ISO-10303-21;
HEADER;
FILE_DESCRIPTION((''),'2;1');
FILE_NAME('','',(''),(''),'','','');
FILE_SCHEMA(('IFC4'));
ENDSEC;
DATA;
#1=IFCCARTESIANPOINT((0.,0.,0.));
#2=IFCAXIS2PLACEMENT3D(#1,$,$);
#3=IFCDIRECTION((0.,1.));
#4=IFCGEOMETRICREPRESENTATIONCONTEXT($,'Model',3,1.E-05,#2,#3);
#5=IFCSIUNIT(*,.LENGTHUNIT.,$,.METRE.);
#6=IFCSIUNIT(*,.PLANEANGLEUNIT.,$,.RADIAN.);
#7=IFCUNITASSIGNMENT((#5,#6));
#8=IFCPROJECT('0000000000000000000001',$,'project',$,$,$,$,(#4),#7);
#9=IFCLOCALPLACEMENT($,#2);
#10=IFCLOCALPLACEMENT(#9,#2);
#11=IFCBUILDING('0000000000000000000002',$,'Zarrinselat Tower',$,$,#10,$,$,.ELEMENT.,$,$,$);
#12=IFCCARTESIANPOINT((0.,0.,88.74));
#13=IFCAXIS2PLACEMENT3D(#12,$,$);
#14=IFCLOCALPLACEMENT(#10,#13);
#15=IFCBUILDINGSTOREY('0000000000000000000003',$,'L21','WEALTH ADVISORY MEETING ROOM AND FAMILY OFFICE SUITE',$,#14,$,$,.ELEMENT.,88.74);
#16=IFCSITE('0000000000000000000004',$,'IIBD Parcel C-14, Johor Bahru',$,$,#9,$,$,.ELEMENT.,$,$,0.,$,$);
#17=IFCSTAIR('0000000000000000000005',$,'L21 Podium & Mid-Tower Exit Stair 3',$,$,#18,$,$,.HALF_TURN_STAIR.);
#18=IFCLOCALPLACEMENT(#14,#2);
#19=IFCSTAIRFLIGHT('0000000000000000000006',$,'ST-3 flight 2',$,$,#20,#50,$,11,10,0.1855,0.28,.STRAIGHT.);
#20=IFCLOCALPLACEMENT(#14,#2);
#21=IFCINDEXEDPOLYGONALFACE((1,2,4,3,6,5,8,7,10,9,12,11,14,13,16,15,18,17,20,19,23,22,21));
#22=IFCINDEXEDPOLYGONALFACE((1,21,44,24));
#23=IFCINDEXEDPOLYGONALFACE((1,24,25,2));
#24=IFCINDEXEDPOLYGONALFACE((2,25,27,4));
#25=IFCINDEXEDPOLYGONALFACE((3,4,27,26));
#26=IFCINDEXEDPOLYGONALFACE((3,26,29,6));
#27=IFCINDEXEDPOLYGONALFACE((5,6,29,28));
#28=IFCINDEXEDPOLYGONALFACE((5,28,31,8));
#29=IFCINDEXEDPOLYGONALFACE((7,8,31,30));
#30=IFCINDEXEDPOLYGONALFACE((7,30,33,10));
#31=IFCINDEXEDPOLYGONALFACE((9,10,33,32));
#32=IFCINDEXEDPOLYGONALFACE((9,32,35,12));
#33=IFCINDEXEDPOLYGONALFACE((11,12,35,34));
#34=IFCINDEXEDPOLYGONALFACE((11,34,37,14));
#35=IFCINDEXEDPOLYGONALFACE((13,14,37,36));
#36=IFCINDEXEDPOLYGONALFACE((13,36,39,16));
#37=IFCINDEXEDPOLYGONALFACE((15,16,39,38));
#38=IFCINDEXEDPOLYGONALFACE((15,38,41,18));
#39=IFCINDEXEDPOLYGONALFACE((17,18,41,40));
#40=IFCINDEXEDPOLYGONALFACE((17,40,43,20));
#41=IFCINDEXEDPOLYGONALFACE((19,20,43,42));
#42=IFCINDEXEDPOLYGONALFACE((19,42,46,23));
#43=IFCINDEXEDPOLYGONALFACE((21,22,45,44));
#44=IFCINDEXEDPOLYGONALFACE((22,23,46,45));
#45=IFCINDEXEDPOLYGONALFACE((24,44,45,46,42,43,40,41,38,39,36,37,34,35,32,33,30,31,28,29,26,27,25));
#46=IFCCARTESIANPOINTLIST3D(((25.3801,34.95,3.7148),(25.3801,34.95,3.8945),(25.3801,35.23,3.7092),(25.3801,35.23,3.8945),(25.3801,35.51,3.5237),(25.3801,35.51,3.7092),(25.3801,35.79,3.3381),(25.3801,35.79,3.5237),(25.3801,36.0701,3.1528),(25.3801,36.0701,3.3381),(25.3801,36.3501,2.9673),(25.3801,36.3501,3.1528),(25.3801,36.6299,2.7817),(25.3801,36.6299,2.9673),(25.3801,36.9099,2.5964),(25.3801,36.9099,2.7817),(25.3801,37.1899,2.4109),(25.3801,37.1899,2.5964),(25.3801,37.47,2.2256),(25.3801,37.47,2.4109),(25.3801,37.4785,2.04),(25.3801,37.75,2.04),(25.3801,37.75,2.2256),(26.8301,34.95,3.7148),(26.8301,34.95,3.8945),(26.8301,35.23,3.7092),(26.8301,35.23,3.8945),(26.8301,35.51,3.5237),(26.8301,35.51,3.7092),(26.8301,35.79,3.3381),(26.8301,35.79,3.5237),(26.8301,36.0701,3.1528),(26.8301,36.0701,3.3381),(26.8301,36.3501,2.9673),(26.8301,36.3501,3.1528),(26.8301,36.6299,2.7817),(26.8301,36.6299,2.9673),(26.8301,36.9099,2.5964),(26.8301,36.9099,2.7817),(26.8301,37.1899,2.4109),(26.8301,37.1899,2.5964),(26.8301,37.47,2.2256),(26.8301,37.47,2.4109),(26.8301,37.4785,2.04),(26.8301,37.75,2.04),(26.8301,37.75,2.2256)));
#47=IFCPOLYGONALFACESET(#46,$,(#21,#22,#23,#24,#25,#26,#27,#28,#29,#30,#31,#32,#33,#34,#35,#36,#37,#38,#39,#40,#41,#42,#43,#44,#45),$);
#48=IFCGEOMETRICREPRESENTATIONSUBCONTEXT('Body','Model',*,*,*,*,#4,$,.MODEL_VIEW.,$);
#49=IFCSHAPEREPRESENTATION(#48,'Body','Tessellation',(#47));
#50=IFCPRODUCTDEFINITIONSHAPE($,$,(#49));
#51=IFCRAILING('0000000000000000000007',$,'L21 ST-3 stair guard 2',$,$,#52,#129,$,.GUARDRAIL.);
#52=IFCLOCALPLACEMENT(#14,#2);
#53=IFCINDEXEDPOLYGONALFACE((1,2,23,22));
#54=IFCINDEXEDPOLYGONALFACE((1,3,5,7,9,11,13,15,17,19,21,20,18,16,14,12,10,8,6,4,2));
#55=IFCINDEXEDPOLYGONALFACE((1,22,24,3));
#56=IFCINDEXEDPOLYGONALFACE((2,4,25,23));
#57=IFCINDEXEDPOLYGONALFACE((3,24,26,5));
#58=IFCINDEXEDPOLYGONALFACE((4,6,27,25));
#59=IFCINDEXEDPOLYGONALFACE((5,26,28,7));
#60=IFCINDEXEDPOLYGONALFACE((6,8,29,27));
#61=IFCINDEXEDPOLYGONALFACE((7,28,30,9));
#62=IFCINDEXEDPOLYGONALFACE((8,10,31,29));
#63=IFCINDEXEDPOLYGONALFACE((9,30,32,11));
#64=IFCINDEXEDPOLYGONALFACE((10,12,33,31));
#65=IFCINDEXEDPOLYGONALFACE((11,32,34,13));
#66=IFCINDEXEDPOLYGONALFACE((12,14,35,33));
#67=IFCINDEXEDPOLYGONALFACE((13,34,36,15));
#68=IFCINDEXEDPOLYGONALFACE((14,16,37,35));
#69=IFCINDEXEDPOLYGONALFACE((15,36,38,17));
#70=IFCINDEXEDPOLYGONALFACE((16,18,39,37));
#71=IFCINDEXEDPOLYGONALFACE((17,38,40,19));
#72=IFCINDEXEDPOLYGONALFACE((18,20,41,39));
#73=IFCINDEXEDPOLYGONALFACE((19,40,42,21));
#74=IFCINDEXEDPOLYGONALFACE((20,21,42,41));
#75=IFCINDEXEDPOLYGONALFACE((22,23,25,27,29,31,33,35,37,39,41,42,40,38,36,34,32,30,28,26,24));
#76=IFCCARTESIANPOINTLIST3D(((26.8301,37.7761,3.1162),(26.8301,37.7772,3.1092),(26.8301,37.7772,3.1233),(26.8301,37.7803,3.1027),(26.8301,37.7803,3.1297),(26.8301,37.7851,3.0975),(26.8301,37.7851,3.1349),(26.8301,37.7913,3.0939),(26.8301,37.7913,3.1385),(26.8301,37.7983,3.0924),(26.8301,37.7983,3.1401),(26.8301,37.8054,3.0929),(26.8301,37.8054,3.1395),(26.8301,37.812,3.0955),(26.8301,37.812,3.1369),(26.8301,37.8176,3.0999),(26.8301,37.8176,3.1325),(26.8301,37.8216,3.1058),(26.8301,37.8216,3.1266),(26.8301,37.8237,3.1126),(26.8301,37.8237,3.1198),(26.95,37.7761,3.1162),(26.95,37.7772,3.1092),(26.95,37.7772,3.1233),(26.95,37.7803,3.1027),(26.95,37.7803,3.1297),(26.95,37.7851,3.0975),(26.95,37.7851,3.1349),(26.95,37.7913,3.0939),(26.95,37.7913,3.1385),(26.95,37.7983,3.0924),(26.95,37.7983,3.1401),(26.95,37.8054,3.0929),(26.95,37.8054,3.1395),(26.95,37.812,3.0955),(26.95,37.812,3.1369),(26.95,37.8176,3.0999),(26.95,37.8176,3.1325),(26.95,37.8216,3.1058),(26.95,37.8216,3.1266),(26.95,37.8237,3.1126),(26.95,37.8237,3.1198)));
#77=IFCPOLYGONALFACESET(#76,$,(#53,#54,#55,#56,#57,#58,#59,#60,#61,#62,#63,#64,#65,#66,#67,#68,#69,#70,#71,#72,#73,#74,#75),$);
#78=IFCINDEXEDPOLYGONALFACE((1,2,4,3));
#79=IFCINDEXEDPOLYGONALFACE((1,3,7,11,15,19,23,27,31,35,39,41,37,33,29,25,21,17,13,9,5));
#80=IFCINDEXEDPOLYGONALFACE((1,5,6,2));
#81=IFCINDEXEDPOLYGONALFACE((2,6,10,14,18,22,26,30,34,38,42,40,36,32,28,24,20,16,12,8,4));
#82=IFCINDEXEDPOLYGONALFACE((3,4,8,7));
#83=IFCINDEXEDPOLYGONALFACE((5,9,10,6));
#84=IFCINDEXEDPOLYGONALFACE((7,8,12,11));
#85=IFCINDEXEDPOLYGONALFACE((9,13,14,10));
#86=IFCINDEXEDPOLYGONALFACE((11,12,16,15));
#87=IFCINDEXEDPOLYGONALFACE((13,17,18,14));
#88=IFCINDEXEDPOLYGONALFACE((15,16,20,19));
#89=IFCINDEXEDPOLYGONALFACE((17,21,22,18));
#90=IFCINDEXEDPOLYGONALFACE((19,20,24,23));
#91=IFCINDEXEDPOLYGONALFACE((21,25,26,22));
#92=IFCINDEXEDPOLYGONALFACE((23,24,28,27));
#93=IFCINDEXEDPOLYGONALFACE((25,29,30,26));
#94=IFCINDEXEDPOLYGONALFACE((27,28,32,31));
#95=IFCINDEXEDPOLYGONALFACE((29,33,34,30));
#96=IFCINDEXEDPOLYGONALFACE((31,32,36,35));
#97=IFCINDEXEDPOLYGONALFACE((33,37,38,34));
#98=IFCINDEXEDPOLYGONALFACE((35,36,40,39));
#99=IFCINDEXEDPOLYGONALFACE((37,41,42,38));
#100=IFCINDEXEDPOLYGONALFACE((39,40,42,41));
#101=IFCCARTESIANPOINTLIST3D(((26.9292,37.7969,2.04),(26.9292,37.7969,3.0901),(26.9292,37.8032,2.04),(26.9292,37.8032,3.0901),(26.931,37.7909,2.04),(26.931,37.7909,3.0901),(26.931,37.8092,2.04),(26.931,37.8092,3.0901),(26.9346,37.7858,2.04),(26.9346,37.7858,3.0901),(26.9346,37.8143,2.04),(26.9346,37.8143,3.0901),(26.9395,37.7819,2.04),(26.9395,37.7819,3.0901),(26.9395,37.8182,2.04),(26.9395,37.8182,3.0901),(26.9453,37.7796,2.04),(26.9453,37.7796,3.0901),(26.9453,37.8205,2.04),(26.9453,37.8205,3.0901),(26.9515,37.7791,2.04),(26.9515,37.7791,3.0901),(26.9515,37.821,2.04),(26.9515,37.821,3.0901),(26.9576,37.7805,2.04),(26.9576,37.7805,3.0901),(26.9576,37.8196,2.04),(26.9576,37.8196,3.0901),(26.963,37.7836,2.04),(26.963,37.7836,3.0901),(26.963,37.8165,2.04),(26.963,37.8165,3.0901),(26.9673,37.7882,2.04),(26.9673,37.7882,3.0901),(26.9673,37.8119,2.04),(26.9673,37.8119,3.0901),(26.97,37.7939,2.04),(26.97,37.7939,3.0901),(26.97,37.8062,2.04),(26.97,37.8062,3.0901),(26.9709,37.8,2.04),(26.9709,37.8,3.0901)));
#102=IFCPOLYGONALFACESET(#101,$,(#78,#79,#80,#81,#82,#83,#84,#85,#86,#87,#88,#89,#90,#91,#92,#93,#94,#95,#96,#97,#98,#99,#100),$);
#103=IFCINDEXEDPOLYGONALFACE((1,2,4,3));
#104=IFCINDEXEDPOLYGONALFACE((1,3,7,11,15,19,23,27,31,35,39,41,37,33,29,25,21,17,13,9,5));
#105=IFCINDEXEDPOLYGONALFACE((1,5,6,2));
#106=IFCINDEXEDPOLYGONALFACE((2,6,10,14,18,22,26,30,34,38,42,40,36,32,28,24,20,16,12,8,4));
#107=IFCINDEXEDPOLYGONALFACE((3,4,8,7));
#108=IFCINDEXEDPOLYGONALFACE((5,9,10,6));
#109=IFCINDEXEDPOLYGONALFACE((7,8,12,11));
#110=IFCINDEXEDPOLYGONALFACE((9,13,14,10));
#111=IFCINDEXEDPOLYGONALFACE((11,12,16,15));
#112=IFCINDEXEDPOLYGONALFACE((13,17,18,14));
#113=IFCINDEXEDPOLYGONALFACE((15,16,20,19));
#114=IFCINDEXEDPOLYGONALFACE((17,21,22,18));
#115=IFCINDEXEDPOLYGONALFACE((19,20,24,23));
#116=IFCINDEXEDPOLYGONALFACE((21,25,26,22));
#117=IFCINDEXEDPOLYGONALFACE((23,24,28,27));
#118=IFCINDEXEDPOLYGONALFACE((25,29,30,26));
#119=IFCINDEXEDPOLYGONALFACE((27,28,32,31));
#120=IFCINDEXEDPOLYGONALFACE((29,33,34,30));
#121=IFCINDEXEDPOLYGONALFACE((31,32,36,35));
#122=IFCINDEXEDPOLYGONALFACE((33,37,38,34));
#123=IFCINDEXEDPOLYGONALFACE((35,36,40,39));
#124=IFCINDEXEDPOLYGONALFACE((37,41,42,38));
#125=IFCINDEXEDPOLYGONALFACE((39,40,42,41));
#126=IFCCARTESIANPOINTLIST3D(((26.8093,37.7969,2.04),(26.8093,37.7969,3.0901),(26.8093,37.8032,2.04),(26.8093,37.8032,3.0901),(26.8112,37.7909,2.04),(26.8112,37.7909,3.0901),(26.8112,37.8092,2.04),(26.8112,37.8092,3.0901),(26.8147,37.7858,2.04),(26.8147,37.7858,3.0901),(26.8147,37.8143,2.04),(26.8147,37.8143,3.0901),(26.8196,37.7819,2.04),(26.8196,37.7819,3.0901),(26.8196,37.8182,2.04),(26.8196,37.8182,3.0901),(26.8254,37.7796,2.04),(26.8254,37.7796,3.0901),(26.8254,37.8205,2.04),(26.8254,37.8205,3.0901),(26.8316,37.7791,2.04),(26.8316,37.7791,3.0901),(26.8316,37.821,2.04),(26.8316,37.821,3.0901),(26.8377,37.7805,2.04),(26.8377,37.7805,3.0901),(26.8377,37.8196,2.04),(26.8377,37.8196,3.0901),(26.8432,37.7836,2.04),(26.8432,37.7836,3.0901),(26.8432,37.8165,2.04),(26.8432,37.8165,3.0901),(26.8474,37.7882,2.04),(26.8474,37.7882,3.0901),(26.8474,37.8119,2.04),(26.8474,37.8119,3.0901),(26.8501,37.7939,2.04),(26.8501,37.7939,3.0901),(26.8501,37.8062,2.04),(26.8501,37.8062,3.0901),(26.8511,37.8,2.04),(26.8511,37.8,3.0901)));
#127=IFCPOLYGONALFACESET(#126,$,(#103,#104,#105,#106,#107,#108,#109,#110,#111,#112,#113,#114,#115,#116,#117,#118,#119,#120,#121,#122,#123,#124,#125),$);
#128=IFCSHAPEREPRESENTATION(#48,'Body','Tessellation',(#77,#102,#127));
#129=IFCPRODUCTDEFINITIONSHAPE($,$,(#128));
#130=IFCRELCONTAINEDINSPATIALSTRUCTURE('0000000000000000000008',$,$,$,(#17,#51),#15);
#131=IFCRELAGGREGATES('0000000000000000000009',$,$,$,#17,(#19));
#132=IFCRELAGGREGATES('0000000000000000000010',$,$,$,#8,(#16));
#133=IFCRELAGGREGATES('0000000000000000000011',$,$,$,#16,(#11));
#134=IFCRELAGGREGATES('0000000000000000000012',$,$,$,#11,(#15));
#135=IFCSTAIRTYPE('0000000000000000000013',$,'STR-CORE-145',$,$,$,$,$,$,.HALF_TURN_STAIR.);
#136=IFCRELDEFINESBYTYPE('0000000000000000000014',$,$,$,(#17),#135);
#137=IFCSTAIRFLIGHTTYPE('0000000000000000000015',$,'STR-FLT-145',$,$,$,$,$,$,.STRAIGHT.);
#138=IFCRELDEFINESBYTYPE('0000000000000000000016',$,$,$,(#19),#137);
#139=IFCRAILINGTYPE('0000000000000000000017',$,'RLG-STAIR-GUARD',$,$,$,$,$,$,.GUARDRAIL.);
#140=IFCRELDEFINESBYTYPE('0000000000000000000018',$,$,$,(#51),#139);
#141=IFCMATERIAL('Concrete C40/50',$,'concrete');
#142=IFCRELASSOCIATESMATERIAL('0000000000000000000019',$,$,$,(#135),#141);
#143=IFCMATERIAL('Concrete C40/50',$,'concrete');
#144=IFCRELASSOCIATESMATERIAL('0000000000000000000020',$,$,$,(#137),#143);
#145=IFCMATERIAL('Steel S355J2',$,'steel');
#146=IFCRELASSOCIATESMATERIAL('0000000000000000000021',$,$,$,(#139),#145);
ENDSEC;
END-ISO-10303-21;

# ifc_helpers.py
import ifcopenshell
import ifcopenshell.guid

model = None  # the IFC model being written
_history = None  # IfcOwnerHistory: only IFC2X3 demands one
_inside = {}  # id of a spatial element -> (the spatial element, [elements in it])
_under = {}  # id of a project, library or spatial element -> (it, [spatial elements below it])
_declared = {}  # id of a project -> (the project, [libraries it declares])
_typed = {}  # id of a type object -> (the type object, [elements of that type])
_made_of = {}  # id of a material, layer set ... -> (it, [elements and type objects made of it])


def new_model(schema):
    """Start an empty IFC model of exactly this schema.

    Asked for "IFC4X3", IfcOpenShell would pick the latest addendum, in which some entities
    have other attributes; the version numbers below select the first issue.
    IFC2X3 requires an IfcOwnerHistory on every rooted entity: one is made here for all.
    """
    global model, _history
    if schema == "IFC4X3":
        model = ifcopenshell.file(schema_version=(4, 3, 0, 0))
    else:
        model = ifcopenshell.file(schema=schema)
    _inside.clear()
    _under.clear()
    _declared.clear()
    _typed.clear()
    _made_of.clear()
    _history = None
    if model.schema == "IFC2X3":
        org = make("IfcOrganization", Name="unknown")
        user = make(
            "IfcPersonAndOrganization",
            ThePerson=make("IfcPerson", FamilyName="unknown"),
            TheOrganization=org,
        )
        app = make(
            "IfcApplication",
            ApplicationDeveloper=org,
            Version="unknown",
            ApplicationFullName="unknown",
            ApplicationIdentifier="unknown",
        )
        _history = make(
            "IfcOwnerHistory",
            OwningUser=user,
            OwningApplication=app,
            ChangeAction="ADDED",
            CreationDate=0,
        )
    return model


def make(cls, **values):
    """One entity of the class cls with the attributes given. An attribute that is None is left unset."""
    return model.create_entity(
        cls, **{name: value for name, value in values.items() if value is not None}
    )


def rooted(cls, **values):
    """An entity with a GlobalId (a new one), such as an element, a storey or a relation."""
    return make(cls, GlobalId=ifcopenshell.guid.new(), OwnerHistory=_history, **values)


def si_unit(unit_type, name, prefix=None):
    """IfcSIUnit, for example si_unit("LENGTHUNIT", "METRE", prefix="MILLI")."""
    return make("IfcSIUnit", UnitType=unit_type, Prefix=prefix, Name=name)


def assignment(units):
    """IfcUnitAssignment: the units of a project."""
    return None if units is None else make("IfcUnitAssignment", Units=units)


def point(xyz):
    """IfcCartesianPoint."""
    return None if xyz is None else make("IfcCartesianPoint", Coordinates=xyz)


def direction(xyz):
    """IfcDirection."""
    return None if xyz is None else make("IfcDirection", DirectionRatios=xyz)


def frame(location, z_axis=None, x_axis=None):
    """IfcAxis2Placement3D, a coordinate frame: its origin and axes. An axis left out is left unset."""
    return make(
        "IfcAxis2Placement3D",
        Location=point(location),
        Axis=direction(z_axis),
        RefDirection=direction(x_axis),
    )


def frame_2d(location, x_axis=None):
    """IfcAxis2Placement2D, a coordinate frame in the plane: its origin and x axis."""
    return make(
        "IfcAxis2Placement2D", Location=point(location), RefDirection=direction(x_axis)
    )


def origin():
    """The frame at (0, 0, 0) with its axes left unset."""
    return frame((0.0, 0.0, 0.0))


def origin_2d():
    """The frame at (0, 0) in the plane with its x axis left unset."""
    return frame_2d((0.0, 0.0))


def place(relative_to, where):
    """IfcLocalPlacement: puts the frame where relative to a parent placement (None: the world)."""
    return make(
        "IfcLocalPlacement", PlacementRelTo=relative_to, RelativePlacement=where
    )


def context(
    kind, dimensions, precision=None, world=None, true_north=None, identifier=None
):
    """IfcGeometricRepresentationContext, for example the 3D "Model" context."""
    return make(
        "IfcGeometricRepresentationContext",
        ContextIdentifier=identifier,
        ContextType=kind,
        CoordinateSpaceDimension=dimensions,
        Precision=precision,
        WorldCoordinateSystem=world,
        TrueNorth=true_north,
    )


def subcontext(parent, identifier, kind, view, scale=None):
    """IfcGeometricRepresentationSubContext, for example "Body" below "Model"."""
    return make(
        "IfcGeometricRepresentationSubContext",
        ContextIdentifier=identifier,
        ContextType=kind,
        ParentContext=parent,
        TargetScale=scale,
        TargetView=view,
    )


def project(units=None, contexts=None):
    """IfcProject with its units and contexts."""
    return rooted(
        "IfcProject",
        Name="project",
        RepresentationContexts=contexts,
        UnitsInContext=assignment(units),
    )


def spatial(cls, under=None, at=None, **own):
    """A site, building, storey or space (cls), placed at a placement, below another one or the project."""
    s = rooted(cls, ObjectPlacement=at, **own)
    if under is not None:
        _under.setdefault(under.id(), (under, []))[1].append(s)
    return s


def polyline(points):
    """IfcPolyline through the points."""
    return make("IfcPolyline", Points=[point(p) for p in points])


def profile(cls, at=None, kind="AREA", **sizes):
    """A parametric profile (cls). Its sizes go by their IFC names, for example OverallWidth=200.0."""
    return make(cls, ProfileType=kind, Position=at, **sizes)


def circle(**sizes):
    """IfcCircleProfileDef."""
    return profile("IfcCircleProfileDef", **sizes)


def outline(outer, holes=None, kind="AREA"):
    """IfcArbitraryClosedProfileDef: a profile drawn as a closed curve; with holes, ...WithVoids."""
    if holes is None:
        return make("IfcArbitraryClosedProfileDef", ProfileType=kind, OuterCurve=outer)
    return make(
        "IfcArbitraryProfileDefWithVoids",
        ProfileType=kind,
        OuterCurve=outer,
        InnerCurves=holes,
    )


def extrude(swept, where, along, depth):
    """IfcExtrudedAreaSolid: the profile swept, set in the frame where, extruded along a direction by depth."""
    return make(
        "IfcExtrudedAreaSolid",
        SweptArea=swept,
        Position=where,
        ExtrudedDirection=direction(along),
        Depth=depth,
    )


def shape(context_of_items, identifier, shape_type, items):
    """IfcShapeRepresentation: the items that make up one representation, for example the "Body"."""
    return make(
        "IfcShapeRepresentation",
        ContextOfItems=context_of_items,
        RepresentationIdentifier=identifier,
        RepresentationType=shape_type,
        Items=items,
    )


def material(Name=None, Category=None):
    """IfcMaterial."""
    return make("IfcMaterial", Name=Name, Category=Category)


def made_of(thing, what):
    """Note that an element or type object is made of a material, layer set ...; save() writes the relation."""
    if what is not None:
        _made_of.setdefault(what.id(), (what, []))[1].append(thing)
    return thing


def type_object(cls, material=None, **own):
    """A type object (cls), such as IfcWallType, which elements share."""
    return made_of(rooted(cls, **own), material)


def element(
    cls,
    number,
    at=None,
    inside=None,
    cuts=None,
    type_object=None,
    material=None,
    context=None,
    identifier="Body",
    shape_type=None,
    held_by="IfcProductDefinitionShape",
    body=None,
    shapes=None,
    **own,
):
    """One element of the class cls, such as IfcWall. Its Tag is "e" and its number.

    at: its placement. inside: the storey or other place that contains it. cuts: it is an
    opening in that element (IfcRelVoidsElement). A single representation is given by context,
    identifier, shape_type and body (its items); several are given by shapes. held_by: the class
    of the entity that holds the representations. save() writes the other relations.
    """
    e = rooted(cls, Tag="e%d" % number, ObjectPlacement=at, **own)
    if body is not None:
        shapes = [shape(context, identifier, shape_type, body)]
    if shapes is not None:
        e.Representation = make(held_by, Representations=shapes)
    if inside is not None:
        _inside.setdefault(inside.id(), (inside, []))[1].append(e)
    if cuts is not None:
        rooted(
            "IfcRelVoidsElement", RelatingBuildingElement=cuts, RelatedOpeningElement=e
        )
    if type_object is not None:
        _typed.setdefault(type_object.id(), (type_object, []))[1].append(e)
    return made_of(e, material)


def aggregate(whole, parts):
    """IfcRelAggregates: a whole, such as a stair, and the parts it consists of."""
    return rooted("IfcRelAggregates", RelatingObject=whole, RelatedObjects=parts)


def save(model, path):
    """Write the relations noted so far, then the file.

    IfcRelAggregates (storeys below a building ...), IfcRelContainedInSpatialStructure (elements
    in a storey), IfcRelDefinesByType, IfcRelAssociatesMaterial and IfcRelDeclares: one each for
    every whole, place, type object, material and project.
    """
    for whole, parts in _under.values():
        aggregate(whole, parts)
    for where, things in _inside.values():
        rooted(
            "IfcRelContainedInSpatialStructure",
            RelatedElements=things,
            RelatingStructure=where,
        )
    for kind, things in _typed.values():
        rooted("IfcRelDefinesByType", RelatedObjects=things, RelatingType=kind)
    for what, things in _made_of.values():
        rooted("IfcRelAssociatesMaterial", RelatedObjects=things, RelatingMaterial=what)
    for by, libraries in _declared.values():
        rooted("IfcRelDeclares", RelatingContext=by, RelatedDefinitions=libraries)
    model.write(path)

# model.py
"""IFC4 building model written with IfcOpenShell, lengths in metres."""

from ifc_helpers import new_model, si_unit, direction, frame, origin, origin_2d, place, context, subcontext, project, spatial, polyline, circle, outline, extrude, material, type_object, element, aggregate, save


model = new_model("IFC4")

# Units and contexts
model_context = context("Model", 3, precision=1e-05, world=origin(), true_north=direction((0.0, 1.0)))
body_context = subcontext(model_context, "Body", "Model", "MODEL_VIEW")
ifc_project = project(units=[si_unit("LENGTHUNIT", "METRE"), si_unit("PLANEANGLEUNIT", "RADIAN")], contexts=[model_context])

# Site, building, storey
site_placement = place(None, origin())
site = spatial("IfcSite", under=ifc_project, at=site_placement, Name="IIBD Parcel C-14, Johor Bahru", CompositionType="ELEMENT", RefElevation=0.0)
building_placement = place(site_placement, origin())
building = spatial("IfcBuilding", under=site, at=building_placement, Name="Zarrinselat Tower", CompositionType="ELEMENT")
storey_placement = place(building_placement, frame((0.0, 0.0, 88.74)))
storey = spatial("IfcBuildingStorey", under=building, at=storey_placement, Name="L21", Description="WEALTH ADVISORY MEETING ROOM AND FAMILY OFFICE SUITE", CompositionType="ELEMENT", Elevation=88.74)

# Stair, stair flight
ifc_material_1 = material(Name="Concrete C40/50", Category="concrete")
stair_type = type_object("IfcStairType", Name="STR-CORE-145", PredefinedType="HALF_TURN_STAIR", material=ifc_material_1)
stair_placement = place(storey_placement, origin())
stair = element("IfcStair", 1, at=stair_placement, inside=storey, type_object=stair_type, Name="L21 Podium & Mid-Tower Exit Stair 3", PredefinedType="HALF_TURN_STAIR")
ifc_material_2 = material(Name="Concrete C40/50", Category="concrete")
stair_flight_type = type_object("IfcStairFlightType", Name="STR-FLT-145", PredefinedType="STRAIGHT", material=ifc_material_2)
stair_flight_placement = place(storey_placement, frame((26.105, 37.75, 2.04), z_axis=(0.0, 0.0, 1.0), x_axis=(0.0, -1.0, 0.0)))
stair_flight = element("IfcStairFlight", 2, at=stair_flight_placement, type_object=stair_flight_type, Name="ST-3 flight 2", NumberOfRisers=11, NumberOfTreads=10, PredefinedType="STRAIGHT", RiserHeight=0.1855, TreadLength=0.28, context=body_context, shape_type="SweptSolid", body=[
    extrude(outline(polyline([(0.0, 0.0), (0.0, 0.1855), (0.28, 0.1855), (0.28, 0.3708), (0.5601, 0.3708), (0.5601, 0.5564), (0.8401, 0.5564), (0.8401, 0.7417), (1.1201, 0.7417), (1.1201, 0.9272), (1.3999, 0.9272), (1.3999, 1.1128), (1.6799, 1.1128), (1.6799, 1.2981), (1.96, 1.2981), (1.96, 1.4836), (2.24, 1.4836), (2.24, 1.6692), (2.52, 1.6692), (2.52, 1.8545), (2.8, 1.8545), (2.8, 2.04), (2.8, 1.6748), (0.2715, 0.0), (0.0, 0.0)])), frame((0.0, 0.7251, 0.0), z_axis=(0.0, -1.0, 0.0), x_axis=(1.0, 0.0, 0.0)), (0.0, 0.0, 1.0), 1.45),
])
aggregate(stair, [stair_flight])

# Railing
ifc_material_3 = material(Name="Steel S355J2", Category="steel")
railing_type_1 = type_object("IfcRailingType", Name="RLG-STAIR-GUARD", PredefinedType="GUARDRAIL", material=ifc_material_3)
railing_1_placement = place(storey_placement, frame((26.95, 37.8, 2.04)))
element("IfcRailing", 3, at=railing_1_placement, inside=storey, type_object=railing_type_1, Name="L21 ST-3 stair guard 2", PredefinedType="GUARDRAIL", context=body_context, shape_type="SweptSolid", body=[
    extrude(circle(Radius=0.0239, at=origin_2d()), frame((0.0, 0.0, 1.0762), z_axis=(-1.0, 0.0, 0.0), x_axis=(0.0, -1.0, 0.0)), (0.0, 0.0, 1.0), 0.1199),
    extrude(circle(Radius=0.021, at=origin_2d()), origin(), (0.0, 0.0, 1.0), 1.05),
    extrude(circle(Radius=0.021, at=origin_2d()), frame((-0.1199, 0.0, 0.0)), (0.0, 0.0, 1.0), 1.05),
])

save(model, "model.ifc")
